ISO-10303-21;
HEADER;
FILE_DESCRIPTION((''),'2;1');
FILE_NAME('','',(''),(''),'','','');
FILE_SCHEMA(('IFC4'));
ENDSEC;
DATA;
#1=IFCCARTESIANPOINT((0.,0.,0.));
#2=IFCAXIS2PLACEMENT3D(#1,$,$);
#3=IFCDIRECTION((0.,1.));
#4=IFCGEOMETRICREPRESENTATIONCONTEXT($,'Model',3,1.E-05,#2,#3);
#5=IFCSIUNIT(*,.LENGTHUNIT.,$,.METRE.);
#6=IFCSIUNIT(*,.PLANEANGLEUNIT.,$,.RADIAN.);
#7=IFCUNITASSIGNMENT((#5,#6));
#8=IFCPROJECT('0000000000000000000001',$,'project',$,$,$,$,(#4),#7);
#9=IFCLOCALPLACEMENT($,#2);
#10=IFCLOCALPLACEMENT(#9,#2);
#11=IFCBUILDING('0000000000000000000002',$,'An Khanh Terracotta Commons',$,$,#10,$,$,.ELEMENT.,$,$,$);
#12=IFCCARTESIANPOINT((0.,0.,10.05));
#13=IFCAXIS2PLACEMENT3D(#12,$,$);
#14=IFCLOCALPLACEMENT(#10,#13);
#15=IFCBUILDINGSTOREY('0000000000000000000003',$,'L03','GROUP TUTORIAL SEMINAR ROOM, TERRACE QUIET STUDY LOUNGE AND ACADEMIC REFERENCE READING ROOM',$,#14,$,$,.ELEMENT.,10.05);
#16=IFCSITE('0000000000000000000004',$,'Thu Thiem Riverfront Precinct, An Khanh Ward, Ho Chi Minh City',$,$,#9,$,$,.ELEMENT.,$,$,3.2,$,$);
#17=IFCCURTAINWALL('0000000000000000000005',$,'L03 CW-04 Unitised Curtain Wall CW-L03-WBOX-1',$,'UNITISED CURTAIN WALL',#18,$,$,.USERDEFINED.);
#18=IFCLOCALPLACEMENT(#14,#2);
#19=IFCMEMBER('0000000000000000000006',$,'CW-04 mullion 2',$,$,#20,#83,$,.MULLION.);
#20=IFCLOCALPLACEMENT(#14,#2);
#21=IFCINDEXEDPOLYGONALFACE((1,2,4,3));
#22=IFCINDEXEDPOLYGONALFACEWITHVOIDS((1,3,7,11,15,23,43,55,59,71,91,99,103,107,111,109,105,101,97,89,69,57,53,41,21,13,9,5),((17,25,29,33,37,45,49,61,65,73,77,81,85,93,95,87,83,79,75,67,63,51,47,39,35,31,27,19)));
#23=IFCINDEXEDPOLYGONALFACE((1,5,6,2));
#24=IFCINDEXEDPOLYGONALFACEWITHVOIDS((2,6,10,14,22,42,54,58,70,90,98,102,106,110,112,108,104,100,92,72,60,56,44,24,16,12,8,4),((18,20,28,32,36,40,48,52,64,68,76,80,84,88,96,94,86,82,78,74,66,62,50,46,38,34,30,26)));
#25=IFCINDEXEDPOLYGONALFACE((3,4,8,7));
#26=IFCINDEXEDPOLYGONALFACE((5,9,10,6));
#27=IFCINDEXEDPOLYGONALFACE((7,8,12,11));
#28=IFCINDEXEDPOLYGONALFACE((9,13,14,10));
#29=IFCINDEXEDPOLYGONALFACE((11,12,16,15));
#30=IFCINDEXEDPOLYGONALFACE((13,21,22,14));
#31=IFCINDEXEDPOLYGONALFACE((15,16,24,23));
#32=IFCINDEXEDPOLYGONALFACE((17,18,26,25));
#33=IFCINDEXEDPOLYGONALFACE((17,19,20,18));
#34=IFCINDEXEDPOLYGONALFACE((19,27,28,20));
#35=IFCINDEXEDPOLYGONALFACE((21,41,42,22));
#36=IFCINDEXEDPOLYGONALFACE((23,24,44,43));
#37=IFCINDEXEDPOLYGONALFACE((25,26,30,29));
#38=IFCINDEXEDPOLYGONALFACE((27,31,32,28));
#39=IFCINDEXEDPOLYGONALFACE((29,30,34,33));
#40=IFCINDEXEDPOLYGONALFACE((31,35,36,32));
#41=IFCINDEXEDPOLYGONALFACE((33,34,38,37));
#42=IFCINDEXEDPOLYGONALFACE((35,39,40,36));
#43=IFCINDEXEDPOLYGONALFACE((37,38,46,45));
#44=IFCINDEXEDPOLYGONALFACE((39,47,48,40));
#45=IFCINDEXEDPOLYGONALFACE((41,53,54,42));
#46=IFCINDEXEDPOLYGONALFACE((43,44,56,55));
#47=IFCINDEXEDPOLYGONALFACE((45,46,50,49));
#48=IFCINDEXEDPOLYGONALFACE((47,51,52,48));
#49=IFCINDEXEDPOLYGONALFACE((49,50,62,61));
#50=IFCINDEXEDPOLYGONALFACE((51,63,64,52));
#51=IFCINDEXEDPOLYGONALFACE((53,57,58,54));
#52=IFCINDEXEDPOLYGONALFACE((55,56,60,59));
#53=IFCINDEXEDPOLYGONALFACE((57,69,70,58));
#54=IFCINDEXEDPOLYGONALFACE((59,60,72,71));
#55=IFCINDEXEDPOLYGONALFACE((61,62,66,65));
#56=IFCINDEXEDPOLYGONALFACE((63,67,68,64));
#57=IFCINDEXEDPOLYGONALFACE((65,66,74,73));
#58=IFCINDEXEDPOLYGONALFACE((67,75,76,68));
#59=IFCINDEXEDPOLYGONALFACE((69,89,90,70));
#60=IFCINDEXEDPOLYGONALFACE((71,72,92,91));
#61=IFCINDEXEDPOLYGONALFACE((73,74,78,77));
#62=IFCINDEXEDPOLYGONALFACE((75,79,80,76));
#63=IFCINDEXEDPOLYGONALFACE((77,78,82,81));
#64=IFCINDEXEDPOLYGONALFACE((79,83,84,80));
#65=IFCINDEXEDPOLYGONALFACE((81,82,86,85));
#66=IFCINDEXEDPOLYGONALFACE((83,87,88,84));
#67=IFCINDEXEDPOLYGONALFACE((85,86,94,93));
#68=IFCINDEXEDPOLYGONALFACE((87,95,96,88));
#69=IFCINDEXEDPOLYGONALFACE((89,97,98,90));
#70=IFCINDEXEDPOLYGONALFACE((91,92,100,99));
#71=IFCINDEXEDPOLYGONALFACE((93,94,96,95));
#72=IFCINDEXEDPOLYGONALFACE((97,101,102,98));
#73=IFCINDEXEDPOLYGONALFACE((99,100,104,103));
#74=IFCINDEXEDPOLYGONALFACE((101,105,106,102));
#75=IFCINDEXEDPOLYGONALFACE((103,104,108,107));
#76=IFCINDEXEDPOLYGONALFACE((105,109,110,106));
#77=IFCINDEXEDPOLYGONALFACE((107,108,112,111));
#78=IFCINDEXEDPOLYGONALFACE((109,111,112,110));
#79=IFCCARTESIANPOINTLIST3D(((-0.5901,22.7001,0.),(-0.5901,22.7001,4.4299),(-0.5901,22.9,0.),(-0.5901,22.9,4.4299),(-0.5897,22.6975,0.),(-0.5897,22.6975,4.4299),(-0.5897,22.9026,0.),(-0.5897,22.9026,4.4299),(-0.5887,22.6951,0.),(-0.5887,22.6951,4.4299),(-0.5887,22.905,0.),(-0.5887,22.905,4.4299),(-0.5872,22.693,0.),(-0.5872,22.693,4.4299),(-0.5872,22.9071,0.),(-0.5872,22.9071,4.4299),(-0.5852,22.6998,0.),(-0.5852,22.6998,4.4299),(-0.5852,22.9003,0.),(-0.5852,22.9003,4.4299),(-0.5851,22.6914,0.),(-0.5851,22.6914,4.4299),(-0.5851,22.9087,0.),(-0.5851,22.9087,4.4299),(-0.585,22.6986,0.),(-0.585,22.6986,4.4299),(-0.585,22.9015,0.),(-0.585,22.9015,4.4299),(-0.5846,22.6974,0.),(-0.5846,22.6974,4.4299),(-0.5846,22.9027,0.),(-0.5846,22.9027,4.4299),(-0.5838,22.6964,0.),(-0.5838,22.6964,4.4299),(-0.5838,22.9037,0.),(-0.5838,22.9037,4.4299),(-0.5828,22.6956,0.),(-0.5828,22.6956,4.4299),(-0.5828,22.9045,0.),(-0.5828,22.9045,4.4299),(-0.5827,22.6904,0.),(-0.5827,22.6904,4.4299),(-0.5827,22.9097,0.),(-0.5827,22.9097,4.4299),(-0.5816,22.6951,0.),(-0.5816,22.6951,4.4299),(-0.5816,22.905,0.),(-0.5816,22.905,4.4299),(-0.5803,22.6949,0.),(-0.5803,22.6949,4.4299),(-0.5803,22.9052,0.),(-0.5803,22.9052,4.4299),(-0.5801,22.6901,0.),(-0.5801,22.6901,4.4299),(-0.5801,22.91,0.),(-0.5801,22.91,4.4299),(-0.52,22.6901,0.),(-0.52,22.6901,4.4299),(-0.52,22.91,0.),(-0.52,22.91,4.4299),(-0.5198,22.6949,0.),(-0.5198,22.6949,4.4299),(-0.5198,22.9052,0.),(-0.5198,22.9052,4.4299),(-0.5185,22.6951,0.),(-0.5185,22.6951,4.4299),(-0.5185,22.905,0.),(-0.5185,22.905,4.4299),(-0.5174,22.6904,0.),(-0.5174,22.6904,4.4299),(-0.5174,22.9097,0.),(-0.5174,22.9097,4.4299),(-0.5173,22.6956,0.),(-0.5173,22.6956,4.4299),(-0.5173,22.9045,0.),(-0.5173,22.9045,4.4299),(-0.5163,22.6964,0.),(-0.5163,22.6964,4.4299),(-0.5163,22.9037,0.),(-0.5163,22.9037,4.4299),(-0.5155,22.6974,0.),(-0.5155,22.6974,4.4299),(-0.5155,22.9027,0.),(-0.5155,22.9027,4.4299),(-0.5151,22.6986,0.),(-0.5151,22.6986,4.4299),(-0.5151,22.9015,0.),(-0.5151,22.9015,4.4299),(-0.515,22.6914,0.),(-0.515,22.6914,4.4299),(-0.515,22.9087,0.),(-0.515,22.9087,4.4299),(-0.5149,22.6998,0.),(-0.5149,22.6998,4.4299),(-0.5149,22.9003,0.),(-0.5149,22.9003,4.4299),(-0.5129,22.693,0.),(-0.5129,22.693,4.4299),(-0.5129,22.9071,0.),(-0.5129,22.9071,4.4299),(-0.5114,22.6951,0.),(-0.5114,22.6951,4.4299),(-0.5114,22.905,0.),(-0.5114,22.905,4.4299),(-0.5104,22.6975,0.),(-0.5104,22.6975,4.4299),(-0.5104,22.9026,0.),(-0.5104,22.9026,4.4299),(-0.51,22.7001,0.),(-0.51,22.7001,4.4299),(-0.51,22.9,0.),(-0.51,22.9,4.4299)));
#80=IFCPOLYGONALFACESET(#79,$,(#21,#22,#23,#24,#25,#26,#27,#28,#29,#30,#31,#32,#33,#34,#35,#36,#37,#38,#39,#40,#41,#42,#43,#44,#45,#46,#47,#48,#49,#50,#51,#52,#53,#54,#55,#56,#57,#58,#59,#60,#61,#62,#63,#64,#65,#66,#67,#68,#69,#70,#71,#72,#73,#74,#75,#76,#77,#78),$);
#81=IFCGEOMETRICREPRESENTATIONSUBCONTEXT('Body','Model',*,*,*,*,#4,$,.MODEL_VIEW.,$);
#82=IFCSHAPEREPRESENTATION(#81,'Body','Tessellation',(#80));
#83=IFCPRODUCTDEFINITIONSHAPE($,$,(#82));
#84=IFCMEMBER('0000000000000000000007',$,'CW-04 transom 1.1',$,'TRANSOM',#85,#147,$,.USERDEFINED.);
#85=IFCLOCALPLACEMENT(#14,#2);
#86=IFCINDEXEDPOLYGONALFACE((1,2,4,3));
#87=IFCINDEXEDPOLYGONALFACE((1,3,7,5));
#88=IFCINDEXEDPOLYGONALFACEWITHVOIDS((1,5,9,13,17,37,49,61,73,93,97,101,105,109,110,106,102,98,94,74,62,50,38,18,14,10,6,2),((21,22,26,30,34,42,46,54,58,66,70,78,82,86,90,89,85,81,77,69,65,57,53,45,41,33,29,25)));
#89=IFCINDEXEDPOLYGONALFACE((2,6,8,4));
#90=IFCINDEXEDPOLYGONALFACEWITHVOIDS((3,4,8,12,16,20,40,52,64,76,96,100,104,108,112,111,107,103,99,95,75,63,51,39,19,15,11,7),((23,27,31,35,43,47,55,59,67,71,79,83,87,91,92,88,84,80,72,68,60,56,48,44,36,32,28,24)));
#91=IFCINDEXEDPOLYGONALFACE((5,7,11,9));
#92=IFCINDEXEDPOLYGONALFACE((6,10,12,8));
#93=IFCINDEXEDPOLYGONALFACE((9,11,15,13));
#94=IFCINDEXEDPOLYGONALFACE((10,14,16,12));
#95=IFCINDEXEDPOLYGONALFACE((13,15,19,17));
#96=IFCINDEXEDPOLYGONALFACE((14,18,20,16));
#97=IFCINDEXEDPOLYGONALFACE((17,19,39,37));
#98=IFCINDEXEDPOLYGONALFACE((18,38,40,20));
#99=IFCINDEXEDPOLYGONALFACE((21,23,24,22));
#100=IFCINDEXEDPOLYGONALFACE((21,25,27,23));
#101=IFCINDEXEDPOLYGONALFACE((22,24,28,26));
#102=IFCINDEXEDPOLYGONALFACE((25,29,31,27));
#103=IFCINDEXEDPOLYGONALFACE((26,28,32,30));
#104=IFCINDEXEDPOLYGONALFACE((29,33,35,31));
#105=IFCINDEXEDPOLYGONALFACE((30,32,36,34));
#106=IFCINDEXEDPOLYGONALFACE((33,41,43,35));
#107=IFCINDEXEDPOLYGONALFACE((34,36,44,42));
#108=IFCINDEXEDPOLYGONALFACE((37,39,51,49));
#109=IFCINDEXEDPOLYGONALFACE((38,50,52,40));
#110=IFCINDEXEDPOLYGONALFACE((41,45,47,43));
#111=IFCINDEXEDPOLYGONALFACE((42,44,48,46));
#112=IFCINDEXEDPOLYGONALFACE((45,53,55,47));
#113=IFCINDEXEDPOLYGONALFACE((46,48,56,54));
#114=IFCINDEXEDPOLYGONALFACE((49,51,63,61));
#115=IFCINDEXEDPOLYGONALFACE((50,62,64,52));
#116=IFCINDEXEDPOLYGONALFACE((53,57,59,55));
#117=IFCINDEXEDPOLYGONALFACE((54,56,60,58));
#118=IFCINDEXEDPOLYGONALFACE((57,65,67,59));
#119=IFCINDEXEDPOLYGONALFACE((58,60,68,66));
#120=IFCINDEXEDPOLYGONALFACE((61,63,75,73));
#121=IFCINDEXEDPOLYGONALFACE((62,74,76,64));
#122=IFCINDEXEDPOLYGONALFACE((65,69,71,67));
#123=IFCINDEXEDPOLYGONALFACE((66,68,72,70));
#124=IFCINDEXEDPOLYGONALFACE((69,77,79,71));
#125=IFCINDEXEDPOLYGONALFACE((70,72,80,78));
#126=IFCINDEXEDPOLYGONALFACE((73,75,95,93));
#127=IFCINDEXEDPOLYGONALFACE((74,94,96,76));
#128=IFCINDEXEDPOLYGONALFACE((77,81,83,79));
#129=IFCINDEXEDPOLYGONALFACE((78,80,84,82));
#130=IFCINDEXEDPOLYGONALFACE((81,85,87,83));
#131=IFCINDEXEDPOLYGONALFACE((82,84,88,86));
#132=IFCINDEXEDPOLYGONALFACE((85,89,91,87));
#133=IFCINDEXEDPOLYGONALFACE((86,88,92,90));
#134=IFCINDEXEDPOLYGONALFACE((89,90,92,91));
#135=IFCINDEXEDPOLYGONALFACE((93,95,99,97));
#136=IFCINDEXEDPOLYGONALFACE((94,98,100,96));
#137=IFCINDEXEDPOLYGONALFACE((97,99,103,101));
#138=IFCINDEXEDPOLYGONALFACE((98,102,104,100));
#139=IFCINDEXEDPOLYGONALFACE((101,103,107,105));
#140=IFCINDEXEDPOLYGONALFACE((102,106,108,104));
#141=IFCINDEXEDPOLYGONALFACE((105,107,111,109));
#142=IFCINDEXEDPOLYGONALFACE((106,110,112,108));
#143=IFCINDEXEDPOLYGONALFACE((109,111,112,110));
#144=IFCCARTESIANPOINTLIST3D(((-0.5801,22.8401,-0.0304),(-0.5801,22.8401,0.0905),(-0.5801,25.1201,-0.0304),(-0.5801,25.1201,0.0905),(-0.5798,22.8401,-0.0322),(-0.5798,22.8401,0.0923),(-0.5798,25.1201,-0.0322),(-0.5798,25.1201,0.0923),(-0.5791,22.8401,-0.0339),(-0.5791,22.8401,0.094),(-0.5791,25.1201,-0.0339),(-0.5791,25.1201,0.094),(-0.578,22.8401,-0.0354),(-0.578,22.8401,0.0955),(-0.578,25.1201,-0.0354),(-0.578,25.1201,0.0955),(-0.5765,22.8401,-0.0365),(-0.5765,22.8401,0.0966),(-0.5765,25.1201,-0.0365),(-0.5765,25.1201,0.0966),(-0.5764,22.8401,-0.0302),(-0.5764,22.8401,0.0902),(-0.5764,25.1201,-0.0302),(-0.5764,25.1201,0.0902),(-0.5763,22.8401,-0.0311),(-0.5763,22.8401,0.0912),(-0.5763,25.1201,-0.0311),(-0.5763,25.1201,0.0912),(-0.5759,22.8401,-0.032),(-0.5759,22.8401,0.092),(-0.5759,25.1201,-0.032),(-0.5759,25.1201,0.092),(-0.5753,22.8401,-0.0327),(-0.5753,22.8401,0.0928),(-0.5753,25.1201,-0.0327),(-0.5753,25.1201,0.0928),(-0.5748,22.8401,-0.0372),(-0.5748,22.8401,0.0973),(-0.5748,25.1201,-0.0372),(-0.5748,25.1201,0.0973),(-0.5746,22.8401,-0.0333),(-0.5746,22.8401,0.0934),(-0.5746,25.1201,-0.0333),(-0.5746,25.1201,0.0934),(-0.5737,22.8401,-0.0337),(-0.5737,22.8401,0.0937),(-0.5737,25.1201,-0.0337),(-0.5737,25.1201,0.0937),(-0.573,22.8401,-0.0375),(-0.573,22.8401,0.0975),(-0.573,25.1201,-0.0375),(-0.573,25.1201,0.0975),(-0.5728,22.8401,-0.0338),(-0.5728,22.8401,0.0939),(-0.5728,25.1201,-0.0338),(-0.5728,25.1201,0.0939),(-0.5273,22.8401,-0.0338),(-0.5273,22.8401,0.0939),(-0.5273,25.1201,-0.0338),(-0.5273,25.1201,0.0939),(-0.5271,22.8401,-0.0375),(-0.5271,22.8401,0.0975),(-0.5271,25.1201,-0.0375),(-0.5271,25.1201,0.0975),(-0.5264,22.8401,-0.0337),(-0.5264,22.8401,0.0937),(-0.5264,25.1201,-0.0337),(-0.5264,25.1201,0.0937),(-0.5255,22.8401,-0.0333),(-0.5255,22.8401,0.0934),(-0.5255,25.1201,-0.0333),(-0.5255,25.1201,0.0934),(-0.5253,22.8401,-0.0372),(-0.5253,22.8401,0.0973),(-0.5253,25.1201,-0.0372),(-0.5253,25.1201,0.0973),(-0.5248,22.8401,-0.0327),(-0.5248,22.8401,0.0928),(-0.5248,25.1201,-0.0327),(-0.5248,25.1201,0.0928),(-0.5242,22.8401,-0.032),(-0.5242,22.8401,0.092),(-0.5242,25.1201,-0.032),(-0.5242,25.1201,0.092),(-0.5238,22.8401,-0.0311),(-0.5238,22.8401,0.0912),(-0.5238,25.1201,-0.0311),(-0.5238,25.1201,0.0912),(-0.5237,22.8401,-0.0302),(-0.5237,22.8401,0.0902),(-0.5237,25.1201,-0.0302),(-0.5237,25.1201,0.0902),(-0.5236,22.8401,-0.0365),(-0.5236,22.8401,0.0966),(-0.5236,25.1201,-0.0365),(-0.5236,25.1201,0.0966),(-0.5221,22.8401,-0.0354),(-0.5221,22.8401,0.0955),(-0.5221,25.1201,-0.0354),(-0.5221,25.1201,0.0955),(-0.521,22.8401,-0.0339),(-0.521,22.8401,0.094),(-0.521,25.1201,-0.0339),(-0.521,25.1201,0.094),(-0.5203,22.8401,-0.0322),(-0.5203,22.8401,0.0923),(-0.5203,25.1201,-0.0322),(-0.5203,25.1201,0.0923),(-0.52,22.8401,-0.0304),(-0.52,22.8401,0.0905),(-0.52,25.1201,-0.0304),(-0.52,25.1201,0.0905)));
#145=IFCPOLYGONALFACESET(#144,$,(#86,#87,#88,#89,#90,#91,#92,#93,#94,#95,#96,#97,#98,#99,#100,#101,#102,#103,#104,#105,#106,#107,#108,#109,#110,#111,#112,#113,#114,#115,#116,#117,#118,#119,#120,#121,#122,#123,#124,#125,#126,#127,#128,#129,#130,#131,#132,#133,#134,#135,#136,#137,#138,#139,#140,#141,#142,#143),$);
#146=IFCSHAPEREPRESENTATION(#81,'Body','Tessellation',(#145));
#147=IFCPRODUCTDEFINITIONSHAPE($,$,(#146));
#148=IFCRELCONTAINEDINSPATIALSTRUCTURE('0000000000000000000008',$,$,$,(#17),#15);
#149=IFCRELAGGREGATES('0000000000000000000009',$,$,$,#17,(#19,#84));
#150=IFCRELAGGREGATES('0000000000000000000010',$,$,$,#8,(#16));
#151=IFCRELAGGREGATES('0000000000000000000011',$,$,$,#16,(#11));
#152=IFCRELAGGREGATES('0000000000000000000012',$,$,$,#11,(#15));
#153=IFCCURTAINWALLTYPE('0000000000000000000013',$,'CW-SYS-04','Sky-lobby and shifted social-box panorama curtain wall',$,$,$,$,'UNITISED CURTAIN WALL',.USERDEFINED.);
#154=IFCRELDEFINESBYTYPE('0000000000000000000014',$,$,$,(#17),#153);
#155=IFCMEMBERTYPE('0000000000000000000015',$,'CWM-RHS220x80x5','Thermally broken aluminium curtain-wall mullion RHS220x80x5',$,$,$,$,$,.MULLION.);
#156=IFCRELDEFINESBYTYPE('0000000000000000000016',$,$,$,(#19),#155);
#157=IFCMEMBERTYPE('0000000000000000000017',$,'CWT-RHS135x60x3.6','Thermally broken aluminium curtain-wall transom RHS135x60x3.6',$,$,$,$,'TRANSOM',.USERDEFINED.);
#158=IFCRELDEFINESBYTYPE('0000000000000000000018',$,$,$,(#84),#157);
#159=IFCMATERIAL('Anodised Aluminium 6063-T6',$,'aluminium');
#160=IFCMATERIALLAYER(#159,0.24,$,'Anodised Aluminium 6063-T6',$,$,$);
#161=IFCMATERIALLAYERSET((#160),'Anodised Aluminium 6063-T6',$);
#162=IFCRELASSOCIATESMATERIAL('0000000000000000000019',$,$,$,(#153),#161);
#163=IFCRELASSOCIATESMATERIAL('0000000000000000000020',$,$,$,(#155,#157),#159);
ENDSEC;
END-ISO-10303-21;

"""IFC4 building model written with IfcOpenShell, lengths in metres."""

from ifc_helpers import new_model, si_unit, direction, frame, origin, origin_2d, place, context, subcontext, project, spatial, hollow_rectangle, extrude, material, layer, layer_set, material_profile, profile_set, type_object, element, aggregate, save


model = new_model("IFC4")

# Units and contexts
model_context = context("Model", 3, precision=1e-05, world=origin(), true_north=direction((0.0, 1.0)))
body_context = subcontext(model_context, "Body", "Model", "MODEL_VIEW")
ifc_project = project(units=[si_unit("LENGTHUNIT", "METRE"), si_unit("PLANEANGLEUNIT", "RADIAN")], contexts=[model_context])

# Site, building, storey
site_placement = place(None, origin())
site = spatial("IfcSite", under=ifc_project, at=site_placement, Name="Thu Thiem Riverfront Precinct, An Khanh Ward, Ho Chi Minh City", CompositionType="ELEMENT", RefElevation=3.2)
building_placement = place(site_placement, origin())
building = spatial("IfcBuilding", under=site, at=building_placement, Name="An Khanh Terracotta Commons", CompositionType="ELEMENT")
storey_placement = place(building_placement, frame((0.0, 0.0, 10.05)))
storey = spatial("IfcBuildingStorey", under=building, at=storey_placement, Name="L03", Description="GROUP TUTORIAL SEMINAR ROOM, TERRACE QUIET STUDY LOUNGE AND ACADEMIC REFERENCE READING ROOM", CompositionType="ELEMENT", Elevation=10.05)

# Curtain wall, members
ifc_material_1 = material(Name="Anodised Aluminium 6063-T6", Category="aluminium")
ifc_layer_1 = layer(ifc_material_1, 0.24, Name="Anodised Aluminium 6063-T6")
ifc_layer_set_1 = layer_set([ifc_layer_1], Name="Anodised Aluminium 6063-T6")
curtain_wall_type = type_object("IfcCurtainWallType", Name="CW-SYS-04", Description="Sky-lobby and shifted social-box panorama curtain wall", ElementType="UNITISED CURTAIN WALL", PredefinedType="USERDEFINED", material=ifc_layer_set_1)
curtain_wall_placement = place(storey_placement, origin())
curtain_wall = element("IfcCurtainWall", 1, at=curtain_wall_placement, inside=storey, type_object=curtain_wall_type, Name="L03 CW-04 Unitised Curtain Wall CW-L03-WBOX-1", ObjectType="UNITISED CURTAIN WALL", PredefinedType="USERDEFINED")
ifc_material_profile_1 = material_profile(ifc_material_1, hollow_rectangle(XDim=0.0801, YDim=0.22, WallThickness=0.0049, InnerFilletRadius=0.0049, OuterFilletRadius=0.01, at=origin_2d()), Name="RHS220x80x5")
ifc_profile_set_1 = profile_set([ifc_material_profile_1], Name="Anodised Aluminium 6063-T6")
member_type_1 = type_object("IfcMemberType", Name="CWM-RHS220x80x5", Description="Thermally broken aluminium curtain-wall mullion RHS220x80x5", PredefinedType="MULLION", material=ifc_profile_set_1)
member_1_placement = place(storey_placement, frame((-0.55, 22.8, 0.0), z_axis=(0.0, 0.0, 1.0), x_axis=(1.0, 0.0, 0.0)))
member_1 = element("IfcMember", 2, at=member_1_placement, type_object=member_type_1, Name="CW-04 mullion 2", PredefinedType="MULLION", context=body_context, shape_type="SweptSolid", body=[
    extrude(hollow_rectangle(XDim=0.0801, YDim=0.22, WallThickness=0.0049, InnerFilletRadius=0.0049, OuterFilletRadius=0.01, at=origin_2d()), origin(), (0.0, 0.0, 1.0), 4.4299),
])
ifc_material_profile_2 = material_profile(ifc_material_1, hollow_rectangle(XDim=0.0601, YDim=0.135, WallThickness=0.0037, InnerFilletRadius=0.0037, OuterFilletRadius=0.0071, at=origin_2d()), Name="RHS135x60x3.6")
ifc_profile_set_2 = profile_set([ifc_material_profile_2], Name="Anodised Aluminium 6063-T6")
member_type_2 = type_object("IfcMemberType", Name="CWT-RHS135x60x3.6", Description="Thermally broken aluminium curtain-wall transom RHS135x60x3.6", ElementType="TRANSOM", PredefinedType="USERDEFINED", material=ifc_profile_set_2)
member_2_placement = place(storey_placement, frame((-0.55, 25.1201, 0.03), z_axis=(0.0, -1.0, 0.0), x_axis=(1.0, 0.0, 0.0)))
member_2 = element("IfcMember", 3, at=member_2_placement, type_object=member_type_2, Name="CW-04 transom 1.1", ObjectType="TRANSOM", PredefinedType="USERDEFINED", context=body_context, shape_type="SweptSolid", body=[
    extrude(hollow_rectangle(XDim=0.0601, YDim=0.135, WallThickness=0.0037, InnerFilletRadius=0.0037, OuterFilletRadius=0.0071, at=origin_2d()), origin(), (0.0, 0.0, 1.0), 2.28),
])
aggregate(curtain_wall, [member_1, member_2])

save(model, "model.ifc")
